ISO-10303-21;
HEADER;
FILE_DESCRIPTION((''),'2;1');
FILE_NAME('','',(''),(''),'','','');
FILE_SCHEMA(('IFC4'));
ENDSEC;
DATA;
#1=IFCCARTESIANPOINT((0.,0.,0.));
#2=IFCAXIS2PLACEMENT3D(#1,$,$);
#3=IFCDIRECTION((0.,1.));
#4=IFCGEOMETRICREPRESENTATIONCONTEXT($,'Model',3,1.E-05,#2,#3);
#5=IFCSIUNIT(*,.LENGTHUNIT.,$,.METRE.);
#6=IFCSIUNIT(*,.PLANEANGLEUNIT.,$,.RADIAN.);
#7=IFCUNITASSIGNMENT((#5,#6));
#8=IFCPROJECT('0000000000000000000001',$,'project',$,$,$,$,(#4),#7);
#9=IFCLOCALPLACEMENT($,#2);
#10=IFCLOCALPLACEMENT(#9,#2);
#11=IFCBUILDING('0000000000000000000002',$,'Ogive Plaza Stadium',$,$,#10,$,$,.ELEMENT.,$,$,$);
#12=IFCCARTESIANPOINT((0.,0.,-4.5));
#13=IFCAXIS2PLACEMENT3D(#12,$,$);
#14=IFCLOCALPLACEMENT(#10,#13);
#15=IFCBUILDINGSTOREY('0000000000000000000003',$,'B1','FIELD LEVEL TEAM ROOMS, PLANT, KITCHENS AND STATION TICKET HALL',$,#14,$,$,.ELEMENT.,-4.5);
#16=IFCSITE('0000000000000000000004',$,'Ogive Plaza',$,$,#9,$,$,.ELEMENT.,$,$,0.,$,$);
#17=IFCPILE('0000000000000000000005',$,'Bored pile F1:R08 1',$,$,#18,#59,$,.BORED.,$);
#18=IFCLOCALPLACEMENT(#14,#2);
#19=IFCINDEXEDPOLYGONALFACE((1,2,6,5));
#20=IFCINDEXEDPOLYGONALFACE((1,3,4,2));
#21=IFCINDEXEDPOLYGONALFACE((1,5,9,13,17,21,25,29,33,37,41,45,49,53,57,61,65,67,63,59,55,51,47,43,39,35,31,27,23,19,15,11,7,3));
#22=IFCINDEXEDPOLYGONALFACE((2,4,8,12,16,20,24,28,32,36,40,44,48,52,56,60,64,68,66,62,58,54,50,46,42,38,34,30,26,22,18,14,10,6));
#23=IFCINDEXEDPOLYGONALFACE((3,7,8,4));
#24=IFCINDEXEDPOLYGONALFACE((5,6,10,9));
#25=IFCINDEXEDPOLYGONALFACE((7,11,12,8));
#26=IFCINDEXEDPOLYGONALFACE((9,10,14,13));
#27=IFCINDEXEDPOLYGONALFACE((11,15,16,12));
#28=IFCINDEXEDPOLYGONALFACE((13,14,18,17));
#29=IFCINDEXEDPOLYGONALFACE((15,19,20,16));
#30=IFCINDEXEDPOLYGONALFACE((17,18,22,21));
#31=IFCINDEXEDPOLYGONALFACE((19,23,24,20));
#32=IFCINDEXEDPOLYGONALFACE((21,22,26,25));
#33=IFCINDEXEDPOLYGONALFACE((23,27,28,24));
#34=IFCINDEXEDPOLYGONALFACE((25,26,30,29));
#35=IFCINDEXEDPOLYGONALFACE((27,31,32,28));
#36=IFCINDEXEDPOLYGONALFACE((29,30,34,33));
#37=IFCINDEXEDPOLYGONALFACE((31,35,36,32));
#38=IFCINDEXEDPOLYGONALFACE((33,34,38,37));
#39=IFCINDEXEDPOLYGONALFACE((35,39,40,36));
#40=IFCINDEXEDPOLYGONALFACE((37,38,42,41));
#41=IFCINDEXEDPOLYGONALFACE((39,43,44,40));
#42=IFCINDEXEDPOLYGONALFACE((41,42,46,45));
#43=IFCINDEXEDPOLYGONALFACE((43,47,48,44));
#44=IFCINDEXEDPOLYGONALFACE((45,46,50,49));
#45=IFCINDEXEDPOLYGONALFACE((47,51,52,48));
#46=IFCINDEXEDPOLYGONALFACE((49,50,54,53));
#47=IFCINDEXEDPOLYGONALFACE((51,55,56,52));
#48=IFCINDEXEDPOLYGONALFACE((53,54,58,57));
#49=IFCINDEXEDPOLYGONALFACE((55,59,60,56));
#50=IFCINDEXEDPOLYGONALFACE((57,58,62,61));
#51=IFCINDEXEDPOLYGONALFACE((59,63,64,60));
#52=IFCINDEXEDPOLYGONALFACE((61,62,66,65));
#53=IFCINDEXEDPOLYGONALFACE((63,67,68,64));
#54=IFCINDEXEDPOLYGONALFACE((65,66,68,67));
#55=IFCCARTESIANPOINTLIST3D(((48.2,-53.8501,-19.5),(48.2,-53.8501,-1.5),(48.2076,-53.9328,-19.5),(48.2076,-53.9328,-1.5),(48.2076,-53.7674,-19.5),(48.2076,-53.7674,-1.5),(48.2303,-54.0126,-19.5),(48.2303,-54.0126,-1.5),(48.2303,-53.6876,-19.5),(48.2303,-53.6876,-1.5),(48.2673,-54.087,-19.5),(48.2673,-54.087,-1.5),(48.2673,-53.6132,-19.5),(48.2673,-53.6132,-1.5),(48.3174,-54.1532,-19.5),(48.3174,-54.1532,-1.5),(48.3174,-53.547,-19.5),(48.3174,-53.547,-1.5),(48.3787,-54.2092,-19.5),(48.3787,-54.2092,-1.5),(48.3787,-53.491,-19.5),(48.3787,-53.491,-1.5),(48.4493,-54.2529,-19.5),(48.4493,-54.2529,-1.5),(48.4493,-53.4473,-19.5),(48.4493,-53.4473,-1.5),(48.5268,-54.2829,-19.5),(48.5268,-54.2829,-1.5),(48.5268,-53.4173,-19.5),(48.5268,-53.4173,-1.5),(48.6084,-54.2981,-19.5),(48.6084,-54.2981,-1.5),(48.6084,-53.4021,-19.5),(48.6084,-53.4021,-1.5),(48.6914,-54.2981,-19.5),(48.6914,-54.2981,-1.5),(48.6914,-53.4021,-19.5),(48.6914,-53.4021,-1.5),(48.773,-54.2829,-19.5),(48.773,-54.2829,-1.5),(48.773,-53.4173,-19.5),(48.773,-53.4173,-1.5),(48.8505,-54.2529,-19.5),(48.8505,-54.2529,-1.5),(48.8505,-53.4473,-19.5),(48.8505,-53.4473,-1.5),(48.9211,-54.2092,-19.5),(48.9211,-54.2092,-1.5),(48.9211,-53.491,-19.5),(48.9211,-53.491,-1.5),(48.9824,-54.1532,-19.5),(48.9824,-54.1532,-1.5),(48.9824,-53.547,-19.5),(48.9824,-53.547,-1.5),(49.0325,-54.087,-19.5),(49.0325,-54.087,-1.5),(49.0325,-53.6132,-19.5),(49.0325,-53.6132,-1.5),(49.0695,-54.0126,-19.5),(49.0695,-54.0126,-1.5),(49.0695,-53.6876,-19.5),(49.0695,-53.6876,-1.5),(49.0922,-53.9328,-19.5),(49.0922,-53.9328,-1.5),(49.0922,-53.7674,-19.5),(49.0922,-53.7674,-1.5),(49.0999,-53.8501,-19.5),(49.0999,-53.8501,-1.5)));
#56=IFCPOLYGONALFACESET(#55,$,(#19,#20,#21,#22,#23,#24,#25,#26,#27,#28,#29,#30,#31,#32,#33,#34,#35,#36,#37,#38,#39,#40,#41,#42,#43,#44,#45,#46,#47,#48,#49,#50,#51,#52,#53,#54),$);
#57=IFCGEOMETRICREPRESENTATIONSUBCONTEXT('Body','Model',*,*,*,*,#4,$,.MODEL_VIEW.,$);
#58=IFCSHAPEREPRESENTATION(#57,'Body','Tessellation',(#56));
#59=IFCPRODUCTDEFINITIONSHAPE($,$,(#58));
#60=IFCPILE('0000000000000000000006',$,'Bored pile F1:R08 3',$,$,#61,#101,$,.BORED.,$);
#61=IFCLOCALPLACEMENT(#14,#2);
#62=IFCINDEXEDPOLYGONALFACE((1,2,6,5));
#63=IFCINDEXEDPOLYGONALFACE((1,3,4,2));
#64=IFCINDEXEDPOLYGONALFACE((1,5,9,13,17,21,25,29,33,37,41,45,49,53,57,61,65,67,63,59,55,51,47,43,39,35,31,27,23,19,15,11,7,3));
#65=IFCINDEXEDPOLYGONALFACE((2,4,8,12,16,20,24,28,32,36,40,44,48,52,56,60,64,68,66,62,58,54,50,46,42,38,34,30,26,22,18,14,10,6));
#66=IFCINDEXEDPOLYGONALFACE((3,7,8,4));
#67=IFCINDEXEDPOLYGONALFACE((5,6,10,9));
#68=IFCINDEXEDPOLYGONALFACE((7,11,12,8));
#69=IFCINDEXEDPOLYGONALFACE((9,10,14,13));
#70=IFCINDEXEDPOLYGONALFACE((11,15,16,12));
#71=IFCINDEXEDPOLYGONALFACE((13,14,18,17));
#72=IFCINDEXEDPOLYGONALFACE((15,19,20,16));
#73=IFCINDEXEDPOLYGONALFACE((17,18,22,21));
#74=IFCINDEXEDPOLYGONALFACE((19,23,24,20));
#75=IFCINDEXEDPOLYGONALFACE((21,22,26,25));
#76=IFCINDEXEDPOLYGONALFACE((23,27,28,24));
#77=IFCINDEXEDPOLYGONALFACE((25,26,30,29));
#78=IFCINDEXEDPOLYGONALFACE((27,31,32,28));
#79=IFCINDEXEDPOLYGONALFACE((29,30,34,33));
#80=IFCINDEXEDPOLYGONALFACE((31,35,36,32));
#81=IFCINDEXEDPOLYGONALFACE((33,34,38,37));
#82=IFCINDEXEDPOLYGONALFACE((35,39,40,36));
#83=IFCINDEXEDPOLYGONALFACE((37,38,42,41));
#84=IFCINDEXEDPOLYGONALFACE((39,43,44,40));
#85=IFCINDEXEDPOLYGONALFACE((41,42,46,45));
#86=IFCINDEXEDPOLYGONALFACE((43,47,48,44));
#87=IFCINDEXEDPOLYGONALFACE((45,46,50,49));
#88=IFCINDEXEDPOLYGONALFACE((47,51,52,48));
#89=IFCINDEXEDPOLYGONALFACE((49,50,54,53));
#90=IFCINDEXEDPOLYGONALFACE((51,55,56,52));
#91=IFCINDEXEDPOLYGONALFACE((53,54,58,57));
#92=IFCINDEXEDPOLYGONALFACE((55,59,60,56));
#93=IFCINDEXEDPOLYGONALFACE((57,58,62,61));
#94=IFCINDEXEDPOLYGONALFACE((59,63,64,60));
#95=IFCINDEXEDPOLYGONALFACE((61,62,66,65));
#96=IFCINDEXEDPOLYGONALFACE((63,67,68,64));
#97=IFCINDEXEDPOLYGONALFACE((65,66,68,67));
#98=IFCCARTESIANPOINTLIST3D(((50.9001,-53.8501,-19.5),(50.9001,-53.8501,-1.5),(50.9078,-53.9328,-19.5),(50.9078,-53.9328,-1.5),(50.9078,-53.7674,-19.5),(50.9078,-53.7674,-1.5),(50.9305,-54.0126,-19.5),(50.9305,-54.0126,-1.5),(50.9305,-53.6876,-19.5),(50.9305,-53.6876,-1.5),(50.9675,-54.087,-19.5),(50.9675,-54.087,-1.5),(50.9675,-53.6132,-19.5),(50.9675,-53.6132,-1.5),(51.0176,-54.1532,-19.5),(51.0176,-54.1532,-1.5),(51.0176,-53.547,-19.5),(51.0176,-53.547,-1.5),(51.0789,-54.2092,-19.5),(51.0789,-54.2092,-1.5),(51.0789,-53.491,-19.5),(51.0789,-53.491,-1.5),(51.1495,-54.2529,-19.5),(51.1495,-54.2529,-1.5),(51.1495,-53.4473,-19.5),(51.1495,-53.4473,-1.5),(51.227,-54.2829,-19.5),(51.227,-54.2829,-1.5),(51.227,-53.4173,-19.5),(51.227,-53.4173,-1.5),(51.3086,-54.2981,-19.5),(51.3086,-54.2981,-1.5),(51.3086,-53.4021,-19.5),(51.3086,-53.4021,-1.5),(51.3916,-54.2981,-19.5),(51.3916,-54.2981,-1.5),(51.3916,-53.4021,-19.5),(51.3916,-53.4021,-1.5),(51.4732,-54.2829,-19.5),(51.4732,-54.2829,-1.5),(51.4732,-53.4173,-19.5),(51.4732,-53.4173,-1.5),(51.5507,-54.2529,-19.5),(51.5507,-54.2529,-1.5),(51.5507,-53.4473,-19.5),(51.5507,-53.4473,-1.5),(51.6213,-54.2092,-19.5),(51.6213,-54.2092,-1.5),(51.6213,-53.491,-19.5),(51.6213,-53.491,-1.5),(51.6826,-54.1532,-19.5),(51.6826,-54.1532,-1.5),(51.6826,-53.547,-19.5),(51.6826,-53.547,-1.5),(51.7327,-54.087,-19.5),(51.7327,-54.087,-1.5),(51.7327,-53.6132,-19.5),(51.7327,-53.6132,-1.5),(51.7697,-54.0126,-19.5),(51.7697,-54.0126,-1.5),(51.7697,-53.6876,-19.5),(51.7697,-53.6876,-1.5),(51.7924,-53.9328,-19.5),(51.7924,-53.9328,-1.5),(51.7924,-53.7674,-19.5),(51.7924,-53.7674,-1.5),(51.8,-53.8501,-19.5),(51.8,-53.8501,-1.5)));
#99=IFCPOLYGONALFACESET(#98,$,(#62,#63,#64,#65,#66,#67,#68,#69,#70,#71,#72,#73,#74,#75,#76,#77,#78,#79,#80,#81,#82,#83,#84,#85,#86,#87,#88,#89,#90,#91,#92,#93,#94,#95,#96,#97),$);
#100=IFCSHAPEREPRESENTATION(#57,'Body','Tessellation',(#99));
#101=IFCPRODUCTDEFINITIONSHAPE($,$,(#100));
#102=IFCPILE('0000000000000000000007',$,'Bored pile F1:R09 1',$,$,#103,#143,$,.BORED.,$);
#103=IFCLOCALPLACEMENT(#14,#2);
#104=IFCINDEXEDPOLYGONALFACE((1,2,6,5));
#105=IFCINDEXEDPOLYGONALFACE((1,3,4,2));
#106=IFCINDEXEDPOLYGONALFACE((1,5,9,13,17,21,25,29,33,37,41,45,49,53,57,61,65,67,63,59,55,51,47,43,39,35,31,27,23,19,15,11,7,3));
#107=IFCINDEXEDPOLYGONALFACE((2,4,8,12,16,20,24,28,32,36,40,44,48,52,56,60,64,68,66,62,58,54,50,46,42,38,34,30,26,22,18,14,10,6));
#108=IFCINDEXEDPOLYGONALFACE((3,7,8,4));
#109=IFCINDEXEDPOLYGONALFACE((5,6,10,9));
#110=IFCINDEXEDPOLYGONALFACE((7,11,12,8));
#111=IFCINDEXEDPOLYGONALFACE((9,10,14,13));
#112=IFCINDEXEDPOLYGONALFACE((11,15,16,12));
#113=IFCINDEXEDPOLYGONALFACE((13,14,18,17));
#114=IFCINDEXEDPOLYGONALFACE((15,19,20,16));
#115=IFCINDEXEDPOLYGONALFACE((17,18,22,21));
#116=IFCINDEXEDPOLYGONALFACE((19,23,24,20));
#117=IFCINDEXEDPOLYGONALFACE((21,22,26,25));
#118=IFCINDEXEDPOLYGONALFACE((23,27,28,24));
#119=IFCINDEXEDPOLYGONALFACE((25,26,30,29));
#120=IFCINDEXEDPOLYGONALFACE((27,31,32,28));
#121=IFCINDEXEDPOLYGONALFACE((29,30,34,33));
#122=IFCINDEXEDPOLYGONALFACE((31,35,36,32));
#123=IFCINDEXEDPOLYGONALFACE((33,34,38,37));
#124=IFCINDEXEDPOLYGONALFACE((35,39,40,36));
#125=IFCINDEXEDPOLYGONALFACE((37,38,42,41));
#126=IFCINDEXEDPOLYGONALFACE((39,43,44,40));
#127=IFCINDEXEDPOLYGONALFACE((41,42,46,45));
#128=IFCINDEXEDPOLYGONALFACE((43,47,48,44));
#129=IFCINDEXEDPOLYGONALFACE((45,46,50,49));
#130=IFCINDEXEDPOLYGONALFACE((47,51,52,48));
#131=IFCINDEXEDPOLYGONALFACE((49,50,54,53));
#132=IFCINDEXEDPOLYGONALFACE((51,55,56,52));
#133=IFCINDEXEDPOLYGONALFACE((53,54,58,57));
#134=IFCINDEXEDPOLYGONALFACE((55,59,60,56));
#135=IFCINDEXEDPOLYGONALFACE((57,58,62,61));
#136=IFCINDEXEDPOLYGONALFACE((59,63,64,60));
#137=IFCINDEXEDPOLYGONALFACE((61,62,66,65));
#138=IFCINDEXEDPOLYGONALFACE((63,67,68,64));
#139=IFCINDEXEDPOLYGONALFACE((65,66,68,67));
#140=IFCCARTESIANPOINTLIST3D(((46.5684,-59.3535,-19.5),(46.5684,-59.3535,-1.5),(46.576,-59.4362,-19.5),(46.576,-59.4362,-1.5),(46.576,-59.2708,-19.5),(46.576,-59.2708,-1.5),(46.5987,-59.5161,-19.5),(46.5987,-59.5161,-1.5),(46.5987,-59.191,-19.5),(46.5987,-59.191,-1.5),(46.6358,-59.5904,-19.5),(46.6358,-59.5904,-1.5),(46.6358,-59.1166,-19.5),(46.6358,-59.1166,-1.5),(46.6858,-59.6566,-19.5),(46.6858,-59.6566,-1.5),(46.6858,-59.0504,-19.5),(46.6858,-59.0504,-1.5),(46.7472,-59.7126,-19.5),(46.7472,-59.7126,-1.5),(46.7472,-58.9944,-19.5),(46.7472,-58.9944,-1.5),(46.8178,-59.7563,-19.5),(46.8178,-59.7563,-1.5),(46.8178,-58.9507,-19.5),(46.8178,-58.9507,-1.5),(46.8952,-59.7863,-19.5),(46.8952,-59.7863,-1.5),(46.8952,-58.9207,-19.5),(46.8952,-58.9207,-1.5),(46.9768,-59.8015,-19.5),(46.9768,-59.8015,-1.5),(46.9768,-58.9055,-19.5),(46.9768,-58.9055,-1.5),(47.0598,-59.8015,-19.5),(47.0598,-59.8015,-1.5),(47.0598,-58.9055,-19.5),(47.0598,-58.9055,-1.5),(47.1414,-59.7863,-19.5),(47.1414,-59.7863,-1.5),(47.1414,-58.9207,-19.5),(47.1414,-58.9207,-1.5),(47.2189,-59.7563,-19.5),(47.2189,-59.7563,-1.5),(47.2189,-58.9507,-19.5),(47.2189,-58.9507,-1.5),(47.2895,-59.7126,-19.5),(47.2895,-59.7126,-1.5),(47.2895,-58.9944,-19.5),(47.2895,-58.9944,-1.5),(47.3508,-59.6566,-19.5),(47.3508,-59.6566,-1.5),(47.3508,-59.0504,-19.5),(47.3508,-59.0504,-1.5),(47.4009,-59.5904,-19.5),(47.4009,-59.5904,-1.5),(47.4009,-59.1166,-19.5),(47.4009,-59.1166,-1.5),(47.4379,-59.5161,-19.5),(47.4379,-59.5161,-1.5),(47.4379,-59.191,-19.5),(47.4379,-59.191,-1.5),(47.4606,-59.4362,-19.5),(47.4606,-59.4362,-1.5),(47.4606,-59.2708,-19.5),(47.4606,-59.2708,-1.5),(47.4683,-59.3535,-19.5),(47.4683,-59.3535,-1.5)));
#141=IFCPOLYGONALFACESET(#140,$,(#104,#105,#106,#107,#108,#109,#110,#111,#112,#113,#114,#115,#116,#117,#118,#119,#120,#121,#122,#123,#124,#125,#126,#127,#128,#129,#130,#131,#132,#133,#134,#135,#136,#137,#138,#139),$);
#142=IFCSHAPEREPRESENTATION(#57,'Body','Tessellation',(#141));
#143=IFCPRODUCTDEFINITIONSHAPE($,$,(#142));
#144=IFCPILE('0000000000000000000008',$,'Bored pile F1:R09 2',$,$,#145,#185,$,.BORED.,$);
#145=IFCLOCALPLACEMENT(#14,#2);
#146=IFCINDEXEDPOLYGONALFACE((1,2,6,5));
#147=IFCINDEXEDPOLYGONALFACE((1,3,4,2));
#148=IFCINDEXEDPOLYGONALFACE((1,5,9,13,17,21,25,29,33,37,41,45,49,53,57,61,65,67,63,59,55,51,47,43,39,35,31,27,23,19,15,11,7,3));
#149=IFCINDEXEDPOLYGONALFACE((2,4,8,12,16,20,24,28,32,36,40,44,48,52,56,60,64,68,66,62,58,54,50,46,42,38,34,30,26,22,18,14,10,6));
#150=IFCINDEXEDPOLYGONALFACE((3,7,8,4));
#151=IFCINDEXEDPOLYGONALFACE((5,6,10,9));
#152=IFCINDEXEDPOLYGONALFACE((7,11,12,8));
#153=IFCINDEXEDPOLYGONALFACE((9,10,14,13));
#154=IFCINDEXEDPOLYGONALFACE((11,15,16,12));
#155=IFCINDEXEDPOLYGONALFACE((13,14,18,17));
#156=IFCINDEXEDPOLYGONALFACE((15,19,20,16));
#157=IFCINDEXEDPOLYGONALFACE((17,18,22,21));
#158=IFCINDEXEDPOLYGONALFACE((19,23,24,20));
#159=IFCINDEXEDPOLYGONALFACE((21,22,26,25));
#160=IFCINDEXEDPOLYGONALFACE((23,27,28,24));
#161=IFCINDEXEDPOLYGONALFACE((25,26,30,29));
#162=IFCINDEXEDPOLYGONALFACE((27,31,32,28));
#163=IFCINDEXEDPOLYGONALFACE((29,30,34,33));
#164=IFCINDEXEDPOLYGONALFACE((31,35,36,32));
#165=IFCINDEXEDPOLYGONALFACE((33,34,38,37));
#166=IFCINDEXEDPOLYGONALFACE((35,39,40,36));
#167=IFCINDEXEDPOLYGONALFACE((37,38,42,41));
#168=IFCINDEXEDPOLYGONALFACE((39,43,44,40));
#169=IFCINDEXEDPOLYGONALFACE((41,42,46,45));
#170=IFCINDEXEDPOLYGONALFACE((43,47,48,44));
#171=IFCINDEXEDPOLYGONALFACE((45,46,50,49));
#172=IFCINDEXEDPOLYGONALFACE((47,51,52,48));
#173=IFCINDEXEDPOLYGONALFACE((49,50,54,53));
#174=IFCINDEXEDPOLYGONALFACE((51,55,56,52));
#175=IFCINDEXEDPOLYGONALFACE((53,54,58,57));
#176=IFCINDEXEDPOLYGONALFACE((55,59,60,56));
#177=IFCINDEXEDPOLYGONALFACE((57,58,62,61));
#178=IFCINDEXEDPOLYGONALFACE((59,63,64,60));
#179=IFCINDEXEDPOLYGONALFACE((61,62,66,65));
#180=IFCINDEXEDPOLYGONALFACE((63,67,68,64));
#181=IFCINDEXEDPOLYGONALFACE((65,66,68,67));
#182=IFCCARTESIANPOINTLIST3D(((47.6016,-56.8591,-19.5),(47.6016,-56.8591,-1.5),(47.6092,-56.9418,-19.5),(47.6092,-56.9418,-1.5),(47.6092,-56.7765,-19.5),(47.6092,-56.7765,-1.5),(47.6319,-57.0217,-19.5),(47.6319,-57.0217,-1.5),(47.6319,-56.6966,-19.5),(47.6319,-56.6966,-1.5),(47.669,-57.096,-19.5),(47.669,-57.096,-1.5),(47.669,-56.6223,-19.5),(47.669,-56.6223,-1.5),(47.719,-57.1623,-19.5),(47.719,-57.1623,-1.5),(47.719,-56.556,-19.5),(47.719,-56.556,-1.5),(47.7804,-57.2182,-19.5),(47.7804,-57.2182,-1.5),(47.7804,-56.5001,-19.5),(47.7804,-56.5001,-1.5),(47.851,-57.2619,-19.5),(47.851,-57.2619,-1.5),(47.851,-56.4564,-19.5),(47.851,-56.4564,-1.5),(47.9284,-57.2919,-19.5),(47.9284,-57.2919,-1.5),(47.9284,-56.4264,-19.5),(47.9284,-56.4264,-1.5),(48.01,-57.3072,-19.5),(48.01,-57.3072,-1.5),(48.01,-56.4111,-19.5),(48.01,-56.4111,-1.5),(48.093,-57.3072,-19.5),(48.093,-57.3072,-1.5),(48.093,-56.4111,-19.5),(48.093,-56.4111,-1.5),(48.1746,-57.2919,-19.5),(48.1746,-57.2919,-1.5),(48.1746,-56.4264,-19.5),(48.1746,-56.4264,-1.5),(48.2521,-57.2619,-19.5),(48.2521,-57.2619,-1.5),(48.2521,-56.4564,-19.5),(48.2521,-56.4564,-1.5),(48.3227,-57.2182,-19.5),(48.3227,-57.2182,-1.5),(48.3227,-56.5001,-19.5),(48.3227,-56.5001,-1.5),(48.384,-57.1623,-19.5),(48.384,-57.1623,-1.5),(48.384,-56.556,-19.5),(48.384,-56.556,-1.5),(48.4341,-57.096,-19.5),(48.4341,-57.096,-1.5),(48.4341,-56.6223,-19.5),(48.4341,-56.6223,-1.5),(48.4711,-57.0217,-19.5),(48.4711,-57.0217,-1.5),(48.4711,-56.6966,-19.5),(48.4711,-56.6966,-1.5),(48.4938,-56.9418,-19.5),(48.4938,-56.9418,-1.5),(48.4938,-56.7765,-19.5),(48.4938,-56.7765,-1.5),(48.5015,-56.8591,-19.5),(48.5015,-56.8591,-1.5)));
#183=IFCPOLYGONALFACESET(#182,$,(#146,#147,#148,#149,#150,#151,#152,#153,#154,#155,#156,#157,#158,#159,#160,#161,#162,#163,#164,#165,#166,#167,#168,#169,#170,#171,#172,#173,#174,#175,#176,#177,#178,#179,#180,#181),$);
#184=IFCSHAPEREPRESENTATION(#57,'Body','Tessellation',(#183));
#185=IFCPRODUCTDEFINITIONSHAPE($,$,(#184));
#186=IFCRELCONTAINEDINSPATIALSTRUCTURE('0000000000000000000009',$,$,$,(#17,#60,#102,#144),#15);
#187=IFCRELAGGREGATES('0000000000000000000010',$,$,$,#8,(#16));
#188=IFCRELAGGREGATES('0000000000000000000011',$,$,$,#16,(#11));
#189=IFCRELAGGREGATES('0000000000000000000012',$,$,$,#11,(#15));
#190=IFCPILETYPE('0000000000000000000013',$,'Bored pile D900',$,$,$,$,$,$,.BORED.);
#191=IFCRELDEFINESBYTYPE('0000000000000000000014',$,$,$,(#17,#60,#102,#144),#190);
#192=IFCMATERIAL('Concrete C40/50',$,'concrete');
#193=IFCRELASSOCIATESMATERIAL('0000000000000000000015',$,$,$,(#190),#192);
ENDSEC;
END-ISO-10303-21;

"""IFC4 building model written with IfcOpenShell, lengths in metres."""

from ifc_helpers import new_model, si_unit, direction, frame, origin, origin_2d, place, context, subcontext, project, spatial, circle, extrude, material, material_profile, profile_set, type_object, element, save


model = new_model("IFC4")

# Units and contexts
model_context = context("Model", 3, precision=1e-05, world=origin(), true_north=direction((0.0, 1.0)))
body_context = subcontext(model_context, "Body", "Model", "MODEL_VIEW")
ifc_project = project(units=[si_unit("LENGTHUNIT", "METRE"), si_unit("PLANEANGLEUNIT", "RADIAN")], contexts=[model_context])

# Site, building, storey
site_placement = place(None, origin())
site = spatial("IfcSite", under=ifc_project, at=site_placement, Name="Ogive Plaza", CompositionType="ELEMENT", RefElevation=0.0)
building_placement = place(site_placement, origin())
building = spatial("IfcBuilding", under=site, at=building_placement, Name="Ogive Plaza Stadium", CompositionType="ELEMENT")
storey_placement = place(building_placement, frame((0.0, 0.0, -4.5)))
storey = spatial("IfcBuildingStorey", under=building, at=storey_placement, Name="B1", Description="FIELD LEVEL TEAM ROOMS, PLANT, KITCHENS AND STATION TICKET HALL", CompositionType="ELEMENT", Elevation=-4.5)

# Piles
ifc_material_1 = material(Name="Concrete C40/50", Category="concrete")
ifc_material_profile_1 = material_profile(ifc_material_1, circle(Radius=0.45, at=origin_2d()), Name="RC D900")
ifc_profile_set_1 = profile_set([ifc_material_profile_1], Name="Concrete C40/50")
pile_type = type_object("IfcPileType", Name="Bored pile D900", PredefinedType="BORED", material=ifc_profile_set_1)
for number, where, z_axis, x_axis, name in (
    (1, (48.6499, -53.8501, -1.5), (0.0, 0.0, -1.0), (1.0, 0.0, 0.0), "Bored pile F1:R08 1"),
    (2, (51.3501, -53.8501, -1.5), (0.0, 0.0, -1.0), (1.0, 0.0, 0.0), "Bored pile F1:R08 3"),
    (3, (47.0183, -59.3535, -1.5), (0.0, 0.0, -1.0), (1.0, 0.0, 0.0), "Bored pile F1:R09 1"),
    (4, (48.0515, -56.8591, -1.5), (0.0, 0.0, -1.0), (1.0, 0.0, 0.0), "Bored pile F1:R09 2"),
):
    element("IfcPile", number, at=place(storey_placement, frame(where, z_axis=z_axis, x_axis=x_axis)), inside=storey, type_object=pile_type, Name=name, PredefinedType="BORED", context=body_context, shape_type="SweptSolid", body=[
        extrude(circle(Radius=0.45, at=origin_2d()), origin(), (0.0, 0.0, 1.0), 18.0),
    ])

save(model, "model.ifc")
